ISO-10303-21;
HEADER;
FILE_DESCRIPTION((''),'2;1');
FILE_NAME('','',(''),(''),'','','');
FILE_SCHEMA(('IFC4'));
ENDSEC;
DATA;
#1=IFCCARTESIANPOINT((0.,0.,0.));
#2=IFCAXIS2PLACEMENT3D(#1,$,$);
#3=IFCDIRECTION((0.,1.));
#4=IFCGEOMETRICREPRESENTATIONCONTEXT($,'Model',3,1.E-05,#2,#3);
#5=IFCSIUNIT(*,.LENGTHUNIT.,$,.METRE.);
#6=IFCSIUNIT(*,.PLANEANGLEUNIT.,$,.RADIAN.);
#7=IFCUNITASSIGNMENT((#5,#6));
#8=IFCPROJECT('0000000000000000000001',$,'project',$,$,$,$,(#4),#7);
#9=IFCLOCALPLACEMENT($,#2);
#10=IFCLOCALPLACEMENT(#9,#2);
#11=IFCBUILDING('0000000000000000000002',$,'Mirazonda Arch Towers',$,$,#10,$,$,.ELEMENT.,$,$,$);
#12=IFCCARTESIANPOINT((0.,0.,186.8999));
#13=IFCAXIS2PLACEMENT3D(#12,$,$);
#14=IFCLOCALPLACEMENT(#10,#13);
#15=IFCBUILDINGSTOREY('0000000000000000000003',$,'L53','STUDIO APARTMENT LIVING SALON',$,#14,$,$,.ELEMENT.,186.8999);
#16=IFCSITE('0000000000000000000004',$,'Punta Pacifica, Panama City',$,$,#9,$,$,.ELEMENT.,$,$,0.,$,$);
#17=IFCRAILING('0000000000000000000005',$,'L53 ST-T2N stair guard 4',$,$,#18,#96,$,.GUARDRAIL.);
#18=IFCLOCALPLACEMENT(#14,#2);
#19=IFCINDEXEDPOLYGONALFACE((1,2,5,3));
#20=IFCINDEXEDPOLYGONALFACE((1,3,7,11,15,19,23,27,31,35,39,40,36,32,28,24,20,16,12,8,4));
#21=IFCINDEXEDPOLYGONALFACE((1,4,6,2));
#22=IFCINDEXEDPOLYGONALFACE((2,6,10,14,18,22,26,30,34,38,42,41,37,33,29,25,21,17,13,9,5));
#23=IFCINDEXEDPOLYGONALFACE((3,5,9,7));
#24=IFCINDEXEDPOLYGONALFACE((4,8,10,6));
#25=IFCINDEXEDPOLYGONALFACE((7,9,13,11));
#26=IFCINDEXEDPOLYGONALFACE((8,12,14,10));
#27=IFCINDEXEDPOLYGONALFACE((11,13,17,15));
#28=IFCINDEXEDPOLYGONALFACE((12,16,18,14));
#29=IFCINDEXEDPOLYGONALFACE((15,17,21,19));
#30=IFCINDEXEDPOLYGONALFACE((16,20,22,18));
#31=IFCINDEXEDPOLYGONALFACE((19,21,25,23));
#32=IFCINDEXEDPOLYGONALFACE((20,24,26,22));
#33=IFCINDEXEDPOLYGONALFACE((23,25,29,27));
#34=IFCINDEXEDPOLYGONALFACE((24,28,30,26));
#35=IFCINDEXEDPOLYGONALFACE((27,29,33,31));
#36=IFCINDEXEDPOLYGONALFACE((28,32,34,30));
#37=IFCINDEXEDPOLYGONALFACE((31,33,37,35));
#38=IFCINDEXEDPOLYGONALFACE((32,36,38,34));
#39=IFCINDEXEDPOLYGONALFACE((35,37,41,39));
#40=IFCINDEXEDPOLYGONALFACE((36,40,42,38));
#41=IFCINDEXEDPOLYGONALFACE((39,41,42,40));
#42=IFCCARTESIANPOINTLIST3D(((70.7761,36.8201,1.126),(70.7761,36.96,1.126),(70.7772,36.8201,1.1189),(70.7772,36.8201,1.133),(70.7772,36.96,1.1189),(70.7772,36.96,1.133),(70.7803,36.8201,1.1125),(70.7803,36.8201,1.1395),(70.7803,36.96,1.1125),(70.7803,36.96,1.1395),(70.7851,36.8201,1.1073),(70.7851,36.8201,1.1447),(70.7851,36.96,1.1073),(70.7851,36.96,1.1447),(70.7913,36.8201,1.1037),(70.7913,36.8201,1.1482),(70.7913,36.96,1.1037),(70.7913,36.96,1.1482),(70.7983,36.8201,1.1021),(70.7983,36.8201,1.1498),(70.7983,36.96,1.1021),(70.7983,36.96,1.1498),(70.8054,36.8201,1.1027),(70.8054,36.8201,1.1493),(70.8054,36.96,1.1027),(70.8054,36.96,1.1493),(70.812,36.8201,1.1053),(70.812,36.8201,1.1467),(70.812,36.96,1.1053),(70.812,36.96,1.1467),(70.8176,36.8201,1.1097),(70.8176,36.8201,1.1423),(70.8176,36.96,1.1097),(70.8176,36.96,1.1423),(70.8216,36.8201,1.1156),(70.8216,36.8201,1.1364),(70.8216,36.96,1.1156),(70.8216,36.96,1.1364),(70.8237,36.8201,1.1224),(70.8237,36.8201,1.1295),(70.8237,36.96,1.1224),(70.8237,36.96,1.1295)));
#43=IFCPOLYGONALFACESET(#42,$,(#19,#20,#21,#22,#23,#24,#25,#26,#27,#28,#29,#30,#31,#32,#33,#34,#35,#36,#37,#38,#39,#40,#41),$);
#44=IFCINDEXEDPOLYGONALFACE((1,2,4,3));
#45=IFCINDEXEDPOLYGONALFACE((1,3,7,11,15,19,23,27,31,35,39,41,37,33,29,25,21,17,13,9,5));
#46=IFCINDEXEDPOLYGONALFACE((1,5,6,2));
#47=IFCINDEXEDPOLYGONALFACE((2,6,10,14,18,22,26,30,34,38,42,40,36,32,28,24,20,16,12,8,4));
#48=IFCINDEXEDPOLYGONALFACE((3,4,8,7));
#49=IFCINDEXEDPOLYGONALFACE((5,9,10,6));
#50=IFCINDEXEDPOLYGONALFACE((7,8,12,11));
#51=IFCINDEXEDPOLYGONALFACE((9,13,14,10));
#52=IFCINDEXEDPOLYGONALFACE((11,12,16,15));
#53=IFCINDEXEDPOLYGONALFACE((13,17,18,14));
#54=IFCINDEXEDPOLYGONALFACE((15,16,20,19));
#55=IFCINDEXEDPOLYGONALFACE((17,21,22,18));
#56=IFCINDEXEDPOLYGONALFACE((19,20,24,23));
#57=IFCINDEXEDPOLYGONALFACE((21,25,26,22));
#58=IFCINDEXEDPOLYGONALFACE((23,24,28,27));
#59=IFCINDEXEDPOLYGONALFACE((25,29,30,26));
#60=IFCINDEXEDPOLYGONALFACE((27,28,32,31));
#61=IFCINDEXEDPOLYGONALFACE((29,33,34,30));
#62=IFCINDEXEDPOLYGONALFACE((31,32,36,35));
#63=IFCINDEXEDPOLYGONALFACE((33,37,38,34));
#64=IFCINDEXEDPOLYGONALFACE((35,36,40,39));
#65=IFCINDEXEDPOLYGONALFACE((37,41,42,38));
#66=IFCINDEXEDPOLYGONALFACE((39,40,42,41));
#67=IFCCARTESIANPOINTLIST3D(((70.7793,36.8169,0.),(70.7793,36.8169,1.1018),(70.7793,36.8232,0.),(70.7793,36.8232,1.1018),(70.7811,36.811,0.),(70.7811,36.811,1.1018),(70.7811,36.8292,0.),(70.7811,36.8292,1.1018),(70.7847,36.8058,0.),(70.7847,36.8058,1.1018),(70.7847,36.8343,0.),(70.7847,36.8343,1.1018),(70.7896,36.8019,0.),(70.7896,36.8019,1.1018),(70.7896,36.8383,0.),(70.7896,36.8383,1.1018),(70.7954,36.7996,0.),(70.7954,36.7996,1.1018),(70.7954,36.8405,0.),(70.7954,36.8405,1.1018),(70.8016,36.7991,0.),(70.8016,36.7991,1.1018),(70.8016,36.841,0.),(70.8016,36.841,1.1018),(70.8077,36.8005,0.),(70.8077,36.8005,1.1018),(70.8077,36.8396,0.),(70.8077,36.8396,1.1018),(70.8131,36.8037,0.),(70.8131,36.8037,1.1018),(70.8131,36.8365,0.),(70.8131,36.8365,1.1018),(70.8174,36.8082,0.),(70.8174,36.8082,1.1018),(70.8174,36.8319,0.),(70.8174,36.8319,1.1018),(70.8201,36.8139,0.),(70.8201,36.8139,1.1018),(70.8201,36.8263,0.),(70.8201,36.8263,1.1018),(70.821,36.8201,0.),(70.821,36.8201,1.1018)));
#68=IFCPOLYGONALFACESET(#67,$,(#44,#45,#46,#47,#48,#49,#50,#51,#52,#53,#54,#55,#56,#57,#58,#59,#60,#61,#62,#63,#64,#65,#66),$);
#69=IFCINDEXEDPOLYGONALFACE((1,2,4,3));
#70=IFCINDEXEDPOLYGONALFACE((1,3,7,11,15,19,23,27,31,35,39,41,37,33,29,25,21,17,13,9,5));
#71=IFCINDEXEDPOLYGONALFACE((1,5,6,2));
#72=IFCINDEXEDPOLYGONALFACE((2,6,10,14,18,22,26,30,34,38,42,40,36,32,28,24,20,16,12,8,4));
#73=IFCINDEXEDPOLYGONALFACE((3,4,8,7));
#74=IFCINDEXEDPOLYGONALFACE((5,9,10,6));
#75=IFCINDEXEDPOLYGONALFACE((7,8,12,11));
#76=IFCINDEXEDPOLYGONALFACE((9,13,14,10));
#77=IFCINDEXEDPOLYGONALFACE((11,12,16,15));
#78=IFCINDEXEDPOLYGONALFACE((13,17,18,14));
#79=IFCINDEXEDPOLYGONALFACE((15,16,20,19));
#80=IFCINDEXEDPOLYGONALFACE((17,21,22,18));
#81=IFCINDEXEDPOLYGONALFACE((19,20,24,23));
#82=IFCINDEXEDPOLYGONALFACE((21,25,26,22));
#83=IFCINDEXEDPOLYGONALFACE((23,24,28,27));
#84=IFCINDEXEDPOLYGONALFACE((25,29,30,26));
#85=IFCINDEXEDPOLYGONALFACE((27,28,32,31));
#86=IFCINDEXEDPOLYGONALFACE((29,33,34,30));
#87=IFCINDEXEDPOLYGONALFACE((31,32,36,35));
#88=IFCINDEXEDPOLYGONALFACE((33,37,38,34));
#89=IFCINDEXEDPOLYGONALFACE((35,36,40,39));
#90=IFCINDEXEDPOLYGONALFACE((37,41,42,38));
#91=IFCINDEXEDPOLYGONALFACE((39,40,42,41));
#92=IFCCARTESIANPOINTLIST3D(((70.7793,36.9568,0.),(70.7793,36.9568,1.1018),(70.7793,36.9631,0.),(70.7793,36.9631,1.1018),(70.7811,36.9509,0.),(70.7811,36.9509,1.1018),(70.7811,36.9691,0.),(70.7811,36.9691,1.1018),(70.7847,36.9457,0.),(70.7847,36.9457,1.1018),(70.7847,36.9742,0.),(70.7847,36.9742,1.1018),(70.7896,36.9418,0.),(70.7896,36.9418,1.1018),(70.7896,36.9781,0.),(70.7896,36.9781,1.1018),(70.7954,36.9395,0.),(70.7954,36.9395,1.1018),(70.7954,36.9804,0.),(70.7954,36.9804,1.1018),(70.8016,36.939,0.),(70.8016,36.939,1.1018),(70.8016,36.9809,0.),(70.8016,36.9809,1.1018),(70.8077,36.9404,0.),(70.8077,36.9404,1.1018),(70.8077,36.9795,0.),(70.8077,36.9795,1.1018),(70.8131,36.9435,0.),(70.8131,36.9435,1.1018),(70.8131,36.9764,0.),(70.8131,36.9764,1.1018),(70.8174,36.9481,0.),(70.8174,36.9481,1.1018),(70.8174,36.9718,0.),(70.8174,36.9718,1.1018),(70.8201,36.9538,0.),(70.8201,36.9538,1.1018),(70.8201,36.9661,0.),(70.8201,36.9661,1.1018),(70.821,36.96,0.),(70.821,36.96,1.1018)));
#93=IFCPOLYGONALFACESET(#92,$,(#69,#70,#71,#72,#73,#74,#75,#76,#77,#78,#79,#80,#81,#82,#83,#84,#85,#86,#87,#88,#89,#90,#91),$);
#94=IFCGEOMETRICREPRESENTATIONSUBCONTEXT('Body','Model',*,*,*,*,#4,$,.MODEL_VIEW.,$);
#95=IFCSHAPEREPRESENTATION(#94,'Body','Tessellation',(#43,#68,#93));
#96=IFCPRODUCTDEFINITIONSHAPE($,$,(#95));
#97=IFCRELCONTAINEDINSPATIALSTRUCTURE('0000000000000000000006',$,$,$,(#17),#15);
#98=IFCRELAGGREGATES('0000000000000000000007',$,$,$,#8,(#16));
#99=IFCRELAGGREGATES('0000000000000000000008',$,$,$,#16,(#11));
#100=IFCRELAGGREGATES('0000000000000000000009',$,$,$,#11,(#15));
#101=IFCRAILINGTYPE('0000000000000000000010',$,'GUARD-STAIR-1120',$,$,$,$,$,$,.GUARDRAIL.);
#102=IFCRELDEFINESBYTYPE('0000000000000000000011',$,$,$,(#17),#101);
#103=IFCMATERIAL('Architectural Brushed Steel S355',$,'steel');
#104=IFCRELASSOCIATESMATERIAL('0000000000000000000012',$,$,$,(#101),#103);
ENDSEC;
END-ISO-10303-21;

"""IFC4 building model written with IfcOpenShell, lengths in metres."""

from ifc_helpers import new_model, si_unit, direction, frame, origin, origin_2d, place, context, subcontext, project, spatial, circle, extrude, material, type_object, element, save


model = new_model("IFC4")

# Units and contexts
model_context = context("Model", 3, precision=1e-05, world=origin(), true_north=direction((0.0, 1.0)))
body_context = subcontext(model_context, "Body", "Model", "MODEL_VIEW")
ifc_project = project(units=[si_unit("LENGTHUNIT", "METRE"), si_unit("PLANEANGLEUNIT", "RADIAN")], contexts=[model_context])

# Site, building, storey
site_placement = place(None, origin())
site = spatial("IfcSite", under=ifc_project, at=site_placement, Name="Punta Pacifica, Panama City", CompositionType="ELEMENT", RefElevation=0.0)
building_placement = place(site_placement, origin())
building = spatial("IfcBuilding", under=site, at=building_placement, Name="Mirazonda Arch Towers", CompositionType="ELEMENT")
storey_placement = place(building_placement, frame((0.0, 0.0, 186.8999)))
storey = spatial("IfcBuildingStorey", under=building, at=storey_placement, Name="L53", Description="STUDIO APARTMENT LIVING SALON", CompositionType="ELEMENT", Elevation=186.8999)

# Railing
ifc_material_1 = material(Name="Architectural Brushed Steel S355", Category="steel")
railing_type_1 = type_object("IfcRailingType", Name="GUARD-STAIR-1120", PredefinedType="GUARDRAIL", material=ifc_material_1)
railing_1_placement = place(storey_placement, frame((70.8, 36.8201, 0.0)))
element("IfcRailing", 1, at=railing_1_placement, inside=storey, type_object=railing_type_1, Name="L53 ST-T2N stair guard 4", PredefinedType="GUARDRAIL", context=body_context, shape_type="SweptSolid", body=[
    extrude(circle(Radius=0.0239, at=origin_2d()), frame((0.0, 0.0, 1.126), z_axis=(0.0, 1.0, 0.0), x_axis=(-1.0, 0.0, 0.0)), (0.0, 0.0, 1.0), 0.1399),
    extrude(circle(Radius=0.021, at=origin_2d()), origin(), (0.0, 0.0, 1.0), 1.1018),
    extrude(circle(Radius=0.021, at=origin_2d()), frame((0.0, 0.1399, 0.0)), (0.0, 0.0, 1.0), 1.1018),
])

save(model, "model.ifc")
